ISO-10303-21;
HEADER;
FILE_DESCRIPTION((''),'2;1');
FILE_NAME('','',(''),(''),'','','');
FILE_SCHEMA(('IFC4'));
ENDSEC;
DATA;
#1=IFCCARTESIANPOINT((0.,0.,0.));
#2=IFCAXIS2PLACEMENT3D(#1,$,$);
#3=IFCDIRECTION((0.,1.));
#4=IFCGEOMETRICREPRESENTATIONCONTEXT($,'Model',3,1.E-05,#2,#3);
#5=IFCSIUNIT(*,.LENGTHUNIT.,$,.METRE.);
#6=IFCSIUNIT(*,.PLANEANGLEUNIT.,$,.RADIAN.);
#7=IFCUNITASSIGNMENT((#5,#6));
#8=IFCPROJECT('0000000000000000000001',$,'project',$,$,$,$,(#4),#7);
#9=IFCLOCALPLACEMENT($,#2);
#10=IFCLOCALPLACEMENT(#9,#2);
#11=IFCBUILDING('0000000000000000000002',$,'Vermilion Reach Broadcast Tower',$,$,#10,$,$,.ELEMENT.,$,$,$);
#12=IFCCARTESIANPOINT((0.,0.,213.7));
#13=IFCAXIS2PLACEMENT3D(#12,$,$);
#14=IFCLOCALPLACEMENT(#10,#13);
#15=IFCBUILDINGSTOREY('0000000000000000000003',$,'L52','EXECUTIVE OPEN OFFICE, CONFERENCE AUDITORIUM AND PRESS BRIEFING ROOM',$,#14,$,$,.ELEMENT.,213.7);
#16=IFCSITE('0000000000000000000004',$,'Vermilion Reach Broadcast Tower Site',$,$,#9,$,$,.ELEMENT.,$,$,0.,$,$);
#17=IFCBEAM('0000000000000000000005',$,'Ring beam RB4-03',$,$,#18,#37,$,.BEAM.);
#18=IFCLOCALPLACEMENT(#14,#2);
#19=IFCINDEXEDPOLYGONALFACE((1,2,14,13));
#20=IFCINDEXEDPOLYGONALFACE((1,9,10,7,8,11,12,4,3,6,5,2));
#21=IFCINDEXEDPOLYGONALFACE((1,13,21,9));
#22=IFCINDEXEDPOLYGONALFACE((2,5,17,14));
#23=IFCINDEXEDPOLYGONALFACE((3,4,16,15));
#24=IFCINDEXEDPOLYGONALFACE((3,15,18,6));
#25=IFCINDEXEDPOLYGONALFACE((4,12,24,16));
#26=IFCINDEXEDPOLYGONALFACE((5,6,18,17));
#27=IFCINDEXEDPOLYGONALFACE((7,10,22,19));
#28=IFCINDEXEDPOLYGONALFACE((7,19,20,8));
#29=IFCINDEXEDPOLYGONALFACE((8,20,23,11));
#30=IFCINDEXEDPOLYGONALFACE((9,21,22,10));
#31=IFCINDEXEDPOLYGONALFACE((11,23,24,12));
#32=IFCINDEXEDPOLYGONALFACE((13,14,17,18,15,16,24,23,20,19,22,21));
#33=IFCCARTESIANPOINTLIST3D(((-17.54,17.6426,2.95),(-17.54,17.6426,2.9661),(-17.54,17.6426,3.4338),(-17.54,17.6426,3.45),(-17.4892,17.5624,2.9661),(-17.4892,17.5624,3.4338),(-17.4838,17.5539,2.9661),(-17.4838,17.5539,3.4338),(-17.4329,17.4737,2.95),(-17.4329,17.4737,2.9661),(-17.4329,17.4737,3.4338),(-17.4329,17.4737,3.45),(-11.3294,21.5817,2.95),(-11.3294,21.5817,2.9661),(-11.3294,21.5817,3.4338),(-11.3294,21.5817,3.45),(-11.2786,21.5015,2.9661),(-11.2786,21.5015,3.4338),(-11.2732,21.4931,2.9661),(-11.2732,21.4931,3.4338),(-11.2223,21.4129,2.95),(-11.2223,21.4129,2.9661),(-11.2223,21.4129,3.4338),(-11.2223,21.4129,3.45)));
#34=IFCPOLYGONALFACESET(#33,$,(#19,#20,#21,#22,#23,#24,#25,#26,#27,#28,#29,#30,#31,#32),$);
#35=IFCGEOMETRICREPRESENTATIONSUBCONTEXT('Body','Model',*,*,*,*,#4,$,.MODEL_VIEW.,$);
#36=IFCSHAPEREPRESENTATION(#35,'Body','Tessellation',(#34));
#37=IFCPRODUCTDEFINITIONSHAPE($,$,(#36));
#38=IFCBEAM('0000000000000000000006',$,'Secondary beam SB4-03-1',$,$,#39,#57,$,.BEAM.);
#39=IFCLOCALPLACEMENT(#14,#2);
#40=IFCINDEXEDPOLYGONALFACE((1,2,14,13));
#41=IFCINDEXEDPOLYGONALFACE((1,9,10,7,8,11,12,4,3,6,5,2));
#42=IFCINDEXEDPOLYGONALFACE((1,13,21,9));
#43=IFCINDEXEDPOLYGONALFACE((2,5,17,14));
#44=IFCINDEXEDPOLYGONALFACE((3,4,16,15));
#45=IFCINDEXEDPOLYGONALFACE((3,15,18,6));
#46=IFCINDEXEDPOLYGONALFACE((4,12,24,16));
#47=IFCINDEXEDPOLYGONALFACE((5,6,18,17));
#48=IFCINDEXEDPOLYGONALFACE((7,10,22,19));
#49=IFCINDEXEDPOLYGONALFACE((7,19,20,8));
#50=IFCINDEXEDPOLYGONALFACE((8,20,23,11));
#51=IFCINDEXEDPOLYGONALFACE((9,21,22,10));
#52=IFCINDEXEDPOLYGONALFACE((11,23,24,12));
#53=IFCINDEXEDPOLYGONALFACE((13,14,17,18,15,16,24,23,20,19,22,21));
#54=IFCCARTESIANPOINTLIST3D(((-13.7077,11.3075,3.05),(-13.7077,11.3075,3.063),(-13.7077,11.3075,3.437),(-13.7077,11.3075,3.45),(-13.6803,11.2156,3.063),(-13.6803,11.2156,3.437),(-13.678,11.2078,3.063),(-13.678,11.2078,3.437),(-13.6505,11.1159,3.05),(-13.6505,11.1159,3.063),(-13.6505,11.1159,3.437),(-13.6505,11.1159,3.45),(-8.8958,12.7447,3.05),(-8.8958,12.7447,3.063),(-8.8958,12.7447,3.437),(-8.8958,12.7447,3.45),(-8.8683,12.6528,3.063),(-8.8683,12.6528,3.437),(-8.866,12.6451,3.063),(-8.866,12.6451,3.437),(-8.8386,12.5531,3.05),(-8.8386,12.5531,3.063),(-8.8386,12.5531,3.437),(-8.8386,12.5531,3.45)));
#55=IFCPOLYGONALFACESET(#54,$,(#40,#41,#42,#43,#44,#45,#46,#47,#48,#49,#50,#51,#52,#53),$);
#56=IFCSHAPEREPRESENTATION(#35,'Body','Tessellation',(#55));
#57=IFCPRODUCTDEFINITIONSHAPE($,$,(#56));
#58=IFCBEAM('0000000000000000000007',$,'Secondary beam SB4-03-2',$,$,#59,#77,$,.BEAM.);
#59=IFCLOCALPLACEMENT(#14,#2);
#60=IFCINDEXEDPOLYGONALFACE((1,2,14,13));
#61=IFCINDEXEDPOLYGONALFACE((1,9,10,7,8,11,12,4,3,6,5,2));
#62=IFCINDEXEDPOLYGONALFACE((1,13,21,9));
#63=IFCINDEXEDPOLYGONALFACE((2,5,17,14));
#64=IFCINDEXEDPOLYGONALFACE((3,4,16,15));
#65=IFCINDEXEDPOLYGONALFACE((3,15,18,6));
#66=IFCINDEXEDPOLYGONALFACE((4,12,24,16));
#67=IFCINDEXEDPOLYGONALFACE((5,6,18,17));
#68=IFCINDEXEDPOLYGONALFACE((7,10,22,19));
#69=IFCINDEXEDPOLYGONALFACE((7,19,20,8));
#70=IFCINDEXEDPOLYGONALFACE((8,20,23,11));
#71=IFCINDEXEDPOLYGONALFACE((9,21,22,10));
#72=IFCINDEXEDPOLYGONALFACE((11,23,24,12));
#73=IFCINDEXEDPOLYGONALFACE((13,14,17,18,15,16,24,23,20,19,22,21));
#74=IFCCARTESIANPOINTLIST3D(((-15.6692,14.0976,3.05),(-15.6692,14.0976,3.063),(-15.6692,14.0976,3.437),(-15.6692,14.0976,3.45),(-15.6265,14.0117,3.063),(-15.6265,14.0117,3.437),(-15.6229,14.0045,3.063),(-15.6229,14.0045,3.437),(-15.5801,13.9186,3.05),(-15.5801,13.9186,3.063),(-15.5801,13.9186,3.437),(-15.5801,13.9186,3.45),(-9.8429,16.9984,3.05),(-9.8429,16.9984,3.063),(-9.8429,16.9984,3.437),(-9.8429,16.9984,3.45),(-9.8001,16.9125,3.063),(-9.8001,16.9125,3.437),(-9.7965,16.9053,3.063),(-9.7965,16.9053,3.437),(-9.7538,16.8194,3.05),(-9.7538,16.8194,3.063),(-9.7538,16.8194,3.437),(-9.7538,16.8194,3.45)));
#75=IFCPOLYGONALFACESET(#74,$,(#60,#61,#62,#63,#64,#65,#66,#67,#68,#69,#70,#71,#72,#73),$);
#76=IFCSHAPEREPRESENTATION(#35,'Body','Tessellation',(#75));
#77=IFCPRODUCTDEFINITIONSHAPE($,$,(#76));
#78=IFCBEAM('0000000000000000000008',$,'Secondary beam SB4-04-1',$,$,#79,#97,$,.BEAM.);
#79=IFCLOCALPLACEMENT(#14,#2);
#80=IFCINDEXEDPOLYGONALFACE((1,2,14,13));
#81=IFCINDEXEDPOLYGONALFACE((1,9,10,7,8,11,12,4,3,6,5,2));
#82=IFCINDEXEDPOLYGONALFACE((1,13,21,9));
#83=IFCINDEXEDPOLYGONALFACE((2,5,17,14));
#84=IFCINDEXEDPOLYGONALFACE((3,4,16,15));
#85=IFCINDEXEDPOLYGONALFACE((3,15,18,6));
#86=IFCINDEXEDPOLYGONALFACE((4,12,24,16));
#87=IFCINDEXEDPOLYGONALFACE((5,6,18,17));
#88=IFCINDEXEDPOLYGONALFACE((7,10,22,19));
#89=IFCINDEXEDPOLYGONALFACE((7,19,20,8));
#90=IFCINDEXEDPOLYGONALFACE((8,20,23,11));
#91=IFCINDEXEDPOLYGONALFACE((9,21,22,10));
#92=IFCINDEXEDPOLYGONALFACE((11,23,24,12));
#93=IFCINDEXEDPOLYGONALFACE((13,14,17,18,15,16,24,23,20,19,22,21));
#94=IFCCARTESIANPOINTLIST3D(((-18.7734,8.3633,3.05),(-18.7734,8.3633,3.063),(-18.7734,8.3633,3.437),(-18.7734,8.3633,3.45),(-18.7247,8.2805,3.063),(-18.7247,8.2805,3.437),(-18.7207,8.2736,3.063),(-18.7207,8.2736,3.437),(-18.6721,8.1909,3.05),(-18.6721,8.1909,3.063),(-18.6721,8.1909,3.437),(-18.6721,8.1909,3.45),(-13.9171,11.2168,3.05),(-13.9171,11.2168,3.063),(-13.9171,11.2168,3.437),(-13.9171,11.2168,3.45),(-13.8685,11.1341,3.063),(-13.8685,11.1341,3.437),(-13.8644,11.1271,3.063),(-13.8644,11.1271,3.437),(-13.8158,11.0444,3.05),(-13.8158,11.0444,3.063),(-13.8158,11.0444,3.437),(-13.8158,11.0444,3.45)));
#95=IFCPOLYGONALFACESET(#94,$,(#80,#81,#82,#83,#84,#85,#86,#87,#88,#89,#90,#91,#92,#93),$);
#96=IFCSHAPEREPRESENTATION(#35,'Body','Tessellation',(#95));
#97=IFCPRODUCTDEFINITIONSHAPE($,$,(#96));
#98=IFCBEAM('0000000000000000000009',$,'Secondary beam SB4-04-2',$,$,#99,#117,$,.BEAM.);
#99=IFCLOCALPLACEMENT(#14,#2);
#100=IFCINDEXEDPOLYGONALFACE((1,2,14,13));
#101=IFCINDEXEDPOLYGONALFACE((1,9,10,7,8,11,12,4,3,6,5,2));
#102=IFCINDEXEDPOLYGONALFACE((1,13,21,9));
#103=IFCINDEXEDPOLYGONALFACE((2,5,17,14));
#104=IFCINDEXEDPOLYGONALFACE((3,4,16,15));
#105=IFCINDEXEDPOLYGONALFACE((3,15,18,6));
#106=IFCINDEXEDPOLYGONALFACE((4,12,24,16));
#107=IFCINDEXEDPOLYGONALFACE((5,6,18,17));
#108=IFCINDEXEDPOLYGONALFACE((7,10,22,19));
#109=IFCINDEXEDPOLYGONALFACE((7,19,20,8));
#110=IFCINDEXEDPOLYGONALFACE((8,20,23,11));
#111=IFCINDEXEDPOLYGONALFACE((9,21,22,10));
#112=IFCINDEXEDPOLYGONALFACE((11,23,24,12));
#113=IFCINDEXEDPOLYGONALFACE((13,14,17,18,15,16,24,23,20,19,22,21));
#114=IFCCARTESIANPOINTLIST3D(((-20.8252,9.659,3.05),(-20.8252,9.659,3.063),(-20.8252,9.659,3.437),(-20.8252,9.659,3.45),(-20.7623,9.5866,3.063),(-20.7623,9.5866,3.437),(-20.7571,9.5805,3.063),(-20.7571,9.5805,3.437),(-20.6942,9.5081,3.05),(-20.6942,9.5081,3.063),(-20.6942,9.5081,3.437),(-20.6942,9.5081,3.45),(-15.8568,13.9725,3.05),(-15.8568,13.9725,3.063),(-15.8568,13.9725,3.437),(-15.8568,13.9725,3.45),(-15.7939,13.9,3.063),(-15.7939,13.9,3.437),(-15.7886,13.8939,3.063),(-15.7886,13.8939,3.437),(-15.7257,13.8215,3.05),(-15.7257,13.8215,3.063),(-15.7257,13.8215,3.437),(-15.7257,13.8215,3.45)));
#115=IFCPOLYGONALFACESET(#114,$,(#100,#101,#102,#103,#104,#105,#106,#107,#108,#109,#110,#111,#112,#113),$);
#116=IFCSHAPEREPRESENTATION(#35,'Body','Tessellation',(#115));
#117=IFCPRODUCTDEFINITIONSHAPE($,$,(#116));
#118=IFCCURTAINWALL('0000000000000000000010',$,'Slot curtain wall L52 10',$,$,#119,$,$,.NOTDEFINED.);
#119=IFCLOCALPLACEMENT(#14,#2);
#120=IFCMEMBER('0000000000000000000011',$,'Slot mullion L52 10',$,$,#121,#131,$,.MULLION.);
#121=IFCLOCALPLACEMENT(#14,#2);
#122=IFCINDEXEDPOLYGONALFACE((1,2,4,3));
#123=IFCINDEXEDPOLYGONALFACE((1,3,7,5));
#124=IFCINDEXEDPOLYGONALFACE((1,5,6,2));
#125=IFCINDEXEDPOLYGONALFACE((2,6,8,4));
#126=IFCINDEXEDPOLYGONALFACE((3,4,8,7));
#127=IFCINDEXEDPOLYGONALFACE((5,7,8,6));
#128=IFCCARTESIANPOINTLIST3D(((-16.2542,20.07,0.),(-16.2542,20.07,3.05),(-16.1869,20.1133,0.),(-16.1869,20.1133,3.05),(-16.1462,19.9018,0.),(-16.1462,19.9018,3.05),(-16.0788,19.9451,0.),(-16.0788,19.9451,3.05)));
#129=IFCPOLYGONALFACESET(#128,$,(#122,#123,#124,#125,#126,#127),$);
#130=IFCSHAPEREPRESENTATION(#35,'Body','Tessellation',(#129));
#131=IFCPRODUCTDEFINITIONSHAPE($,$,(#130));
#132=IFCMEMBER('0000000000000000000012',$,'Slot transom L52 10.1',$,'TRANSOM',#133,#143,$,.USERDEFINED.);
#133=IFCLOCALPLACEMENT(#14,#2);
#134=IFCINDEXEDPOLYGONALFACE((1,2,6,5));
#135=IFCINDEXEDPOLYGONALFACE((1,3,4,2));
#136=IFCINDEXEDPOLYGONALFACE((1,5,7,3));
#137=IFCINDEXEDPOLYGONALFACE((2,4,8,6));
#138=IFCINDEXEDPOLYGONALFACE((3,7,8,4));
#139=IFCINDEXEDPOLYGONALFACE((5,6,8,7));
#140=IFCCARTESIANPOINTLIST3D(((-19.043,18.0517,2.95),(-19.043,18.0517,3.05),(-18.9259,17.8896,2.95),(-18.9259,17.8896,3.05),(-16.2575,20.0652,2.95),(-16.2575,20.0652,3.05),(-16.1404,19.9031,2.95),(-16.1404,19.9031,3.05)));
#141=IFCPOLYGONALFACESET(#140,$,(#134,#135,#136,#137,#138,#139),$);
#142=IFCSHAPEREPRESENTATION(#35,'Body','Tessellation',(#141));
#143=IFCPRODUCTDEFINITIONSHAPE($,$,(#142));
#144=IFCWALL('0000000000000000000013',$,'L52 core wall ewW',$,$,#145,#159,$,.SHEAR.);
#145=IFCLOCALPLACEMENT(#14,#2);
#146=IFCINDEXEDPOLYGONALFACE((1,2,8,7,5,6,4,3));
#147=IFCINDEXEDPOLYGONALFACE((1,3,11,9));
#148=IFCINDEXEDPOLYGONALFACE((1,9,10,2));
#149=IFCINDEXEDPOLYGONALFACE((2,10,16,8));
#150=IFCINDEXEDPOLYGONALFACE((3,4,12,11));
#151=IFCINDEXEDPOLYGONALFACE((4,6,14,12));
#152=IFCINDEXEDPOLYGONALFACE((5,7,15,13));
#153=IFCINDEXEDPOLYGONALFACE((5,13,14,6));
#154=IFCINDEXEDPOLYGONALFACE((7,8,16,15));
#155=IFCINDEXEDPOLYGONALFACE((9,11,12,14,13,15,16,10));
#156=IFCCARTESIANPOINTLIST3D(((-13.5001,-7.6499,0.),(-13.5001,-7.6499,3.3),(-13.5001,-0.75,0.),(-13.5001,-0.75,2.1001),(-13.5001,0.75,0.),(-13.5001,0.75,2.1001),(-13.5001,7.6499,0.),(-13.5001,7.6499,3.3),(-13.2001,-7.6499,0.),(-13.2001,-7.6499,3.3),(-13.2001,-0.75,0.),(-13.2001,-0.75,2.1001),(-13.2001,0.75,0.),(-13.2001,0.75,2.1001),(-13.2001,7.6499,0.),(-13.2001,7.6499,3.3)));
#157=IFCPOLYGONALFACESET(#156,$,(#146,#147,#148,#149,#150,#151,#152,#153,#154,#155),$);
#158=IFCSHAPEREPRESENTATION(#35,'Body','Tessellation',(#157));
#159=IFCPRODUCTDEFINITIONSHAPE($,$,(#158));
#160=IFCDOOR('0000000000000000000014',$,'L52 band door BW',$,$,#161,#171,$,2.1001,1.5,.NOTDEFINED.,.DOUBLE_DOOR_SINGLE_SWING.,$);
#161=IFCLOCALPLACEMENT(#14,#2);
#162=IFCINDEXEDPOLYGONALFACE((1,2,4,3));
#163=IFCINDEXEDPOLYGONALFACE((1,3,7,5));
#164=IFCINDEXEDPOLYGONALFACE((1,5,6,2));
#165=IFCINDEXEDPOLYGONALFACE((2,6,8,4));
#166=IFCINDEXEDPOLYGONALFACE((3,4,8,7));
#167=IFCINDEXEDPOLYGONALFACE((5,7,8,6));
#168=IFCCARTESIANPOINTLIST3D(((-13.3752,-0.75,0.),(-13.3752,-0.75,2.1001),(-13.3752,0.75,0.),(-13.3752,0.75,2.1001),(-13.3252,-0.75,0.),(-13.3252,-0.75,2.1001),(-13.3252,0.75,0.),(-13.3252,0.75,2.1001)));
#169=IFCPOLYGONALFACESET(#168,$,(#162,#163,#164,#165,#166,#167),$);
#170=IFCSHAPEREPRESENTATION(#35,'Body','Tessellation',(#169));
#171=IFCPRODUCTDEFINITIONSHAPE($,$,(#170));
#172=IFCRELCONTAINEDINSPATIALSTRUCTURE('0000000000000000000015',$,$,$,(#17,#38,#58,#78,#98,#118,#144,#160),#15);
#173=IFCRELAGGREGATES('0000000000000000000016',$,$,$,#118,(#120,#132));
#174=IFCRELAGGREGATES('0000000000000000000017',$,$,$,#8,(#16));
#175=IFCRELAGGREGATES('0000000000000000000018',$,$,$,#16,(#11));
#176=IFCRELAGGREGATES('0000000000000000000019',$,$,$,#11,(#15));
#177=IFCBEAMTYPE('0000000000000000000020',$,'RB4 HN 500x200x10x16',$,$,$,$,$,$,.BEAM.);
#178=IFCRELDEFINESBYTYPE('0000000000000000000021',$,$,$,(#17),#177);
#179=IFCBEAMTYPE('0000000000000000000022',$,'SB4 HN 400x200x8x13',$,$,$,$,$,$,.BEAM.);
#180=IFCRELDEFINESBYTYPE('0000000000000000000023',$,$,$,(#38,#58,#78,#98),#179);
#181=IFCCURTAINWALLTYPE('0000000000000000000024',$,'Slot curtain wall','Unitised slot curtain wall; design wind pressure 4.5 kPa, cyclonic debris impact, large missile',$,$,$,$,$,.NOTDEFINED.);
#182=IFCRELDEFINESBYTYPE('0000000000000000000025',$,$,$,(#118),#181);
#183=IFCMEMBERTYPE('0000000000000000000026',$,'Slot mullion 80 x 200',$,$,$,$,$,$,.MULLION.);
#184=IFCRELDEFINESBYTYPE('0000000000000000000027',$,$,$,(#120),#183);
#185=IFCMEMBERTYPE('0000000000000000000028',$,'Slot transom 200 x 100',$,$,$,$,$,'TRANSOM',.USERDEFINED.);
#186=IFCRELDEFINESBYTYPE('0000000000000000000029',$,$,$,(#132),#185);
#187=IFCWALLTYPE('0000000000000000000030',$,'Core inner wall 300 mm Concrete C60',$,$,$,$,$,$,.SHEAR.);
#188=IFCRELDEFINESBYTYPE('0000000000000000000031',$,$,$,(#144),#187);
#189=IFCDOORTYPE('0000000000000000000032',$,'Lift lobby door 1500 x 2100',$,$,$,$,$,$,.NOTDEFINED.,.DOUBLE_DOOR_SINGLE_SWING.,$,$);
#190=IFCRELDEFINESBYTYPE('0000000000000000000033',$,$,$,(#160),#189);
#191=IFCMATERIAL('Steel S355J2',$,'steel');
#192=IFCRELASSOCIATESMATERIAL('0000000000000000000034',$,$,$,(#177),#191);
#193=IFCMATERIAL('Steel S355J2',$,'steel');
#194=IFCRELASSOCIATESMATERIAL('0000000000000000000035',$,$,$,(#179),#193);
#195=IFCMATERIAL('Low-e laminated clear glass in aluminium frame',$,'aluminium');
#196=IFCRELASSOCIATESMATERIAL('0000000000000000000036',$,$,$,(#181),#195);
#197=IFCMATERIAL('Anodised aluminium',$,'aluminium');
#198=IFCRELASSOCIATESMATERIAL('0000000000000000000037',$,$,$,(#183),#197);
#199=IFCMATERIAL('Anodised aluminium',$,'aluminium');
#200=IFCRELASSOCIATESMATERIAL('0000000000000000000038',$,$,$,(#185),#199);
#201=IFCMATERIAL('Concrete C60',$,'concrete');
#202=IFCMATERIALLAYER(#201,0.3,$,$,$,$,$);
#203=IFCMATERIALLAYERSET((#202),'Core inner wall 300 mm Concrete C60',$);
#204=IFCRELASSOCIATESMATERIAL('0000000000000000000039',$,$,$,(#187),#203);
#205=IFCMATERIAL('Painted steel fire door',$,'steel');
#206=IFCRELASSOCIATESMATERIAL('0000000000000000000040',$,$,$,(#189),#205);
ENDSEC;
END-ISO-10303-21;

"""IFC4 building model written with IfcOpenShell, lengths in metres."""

from ifc_helpers import new_model, si_unit, direction, frame, frame_2d, origin, origin_2d, place, context, subcontext, project, spatial, rectangle, i_section, extrude, material, layer, layer_set, material_profile, profile_set, type_object, element, fill, aggregate, save


model = new_model("IFC4")

# Units and contexts
model_context = context("Model", 3, precision=1e-05, world=origin(), true_north=direction((0.0, 1.0)))
body_context = subcontext(model_context, "Body", "Model", "MODEL_VIEW")
ifc_project = project(units=[si_unit("LENGTHUNIT", "METRE"), si_unit("PLANEANGLEUNIT", "RADIAN")], contexts=[model_context])

# Site, building, storey
site_placement = place(None, origin())
site = spatial("IfcSite", under=ifc_project, at=site_placement, Name="Vermilion Reach Broadcast Tower Site", CompositionType="ELEMENT", RefElevation=0.0)
building_placement = place(site_placement, origin())
building = spatial("IfcBuilding", under=site, at=building_placement, Name="Vermilion Reach Broadcast Tower", CompositionType="ELEMENT")
storey_placement = place(building_placement, frame((0.0, 0.0, 213.7)))
storey = spatial("IfcBuildingStorey", under=building, at=storey_placement, Name="L52", Description="EXECUTIVE OPEN OFFICE, CONFERENCE AUDITORIUM AND PRESS BRIEFING ROOM", CompositionType="ELEMENT", Elevation=213.7)

# Beams
ifc_material_1 = material(Name="Steel S355J2", Category="steel")
ifc_material_profile_1 = material_profile(ifc_material_1, i_section(OverallWidth=0.2, OverallDepth=0.5, WebThickness=0.01, FlangeThickness=0.0161, at=origin_2d()), Name="S355J2 HN 500x200x10x16")
ifc_profile_set_1 = profile_set([ifc_material_profile_1], Name="Steel S355J2")
beam_type_1 = type_object("IfcBeamType", Name="RB4 HN 500x200x10x16", PredefinedType="BEAM", material=ifc_profile_set_1)
beam_1_placement = place(storey_placement, frame((-11.2759, 21.4973, 3.2), z_axis=(-0.844464, -0.535612, 0.0), x_axis=(0.535612, -0.844464, 0.0)))
element("IfcBeam", 1, at=beam_1_placement, inside=storey, type_object=beam_type_1, Name="Ring beam RB4-03", PredefinedType="BEAM", context=body_context, shape_type="SweptSolid", body=[
    extrude(i_section(OverallWidth=0.2, OverallDepth=0.5, WebThickness=0.01, FlangeThickness=0.0161, at=origin_2d()), origin(), (0.0, 0.0, 1.0), 7.3545),
])
ifc_material_2 = material(Name="Steel S355J2", Category="steel")
ifc_material_profile_2 = material_profile(ifc_material_2, i_section(OverallWidth=0.2, OverallDepth=0.3999, WebThickness=0.0081, FlangeThickness=0.0129, at=origin_2d()), Name="S355J2 HN 400x200x8x13")
ifc_profile_set_2 = profile_set([ifc_material_profile_2], Name="Steel S355J2")
beam_type_2 = type_object("IfcBeamType", Name="SB4 HN 400x200x8x13", PredefinedType="BEAM", material=ifc_profile_set_2)
beam_2_placement = place(storey_placement, frame((-8.8672, 12.6489, 3.25), z_axis=(-0.958173, -0.286188, 0.0), x_axis=(0.286188, -0.958173, 0.0)))
element("IfcBeam", 2, at=beam_2_placement, inside=storey, type_object=beam_type_2, Name="Secondary beam SB4-03-1", PredefinedType="BEAM", context=body_context, shape_type="SweptSolid", body=[
    extrude(i_section(OverallWidth=0.2, OverallDepth=0.3999, WebThickness=0.0081, FlangeThickness=0.0129, at=origin_2d()), origin(), (0.0, 0.0, 1.0), 5.022),
])
beam_3_placement = place(storey_placement, frame((-9.7983, 16.9089, 3.25), z_axis=(-0.895184, -0.445698, 0.0), x_axis=(0.445698, -0.895184, 0.0)))
element("IfcBeam", 3, at=beam_3_placement, inside=storey, type_object=beam_type_2, Name="Secondary beam SB4-03-2", PredefinedType="BEAM", context=body_context, shape_type="SweptSolid", body=[
    extrude(i_section(OverallWidth=0.2, OverallDepth=0.3999, WebThickness=0.0081, FlangeThickness=0.0129, at=origin_2d()), origin(), (0.0, 0.0, 1.0), 6.5085),
])
beam_4_placement = place(storey_placement, frame((-13.8665, 11.1306, 3.25), z_axis=(-0.862173, -0.506615, 0.0), x_axis=(0.506615, -0.862173, 0.0)))
element("IfcBeam", 4, at=beam_4_placement, inside=storey, type_object=beam_type_2, Name="Secondary beam SB4-04-1", PredefinedType="BEAM", context=body_context, shape_type="SweptSolid", body=[
    extrude(i_section(OverallWidth=0.2, OverallDepth=0.3999, WebThickness=0.0081, FlangeThickness=0.0129, at=origin_2d()), origin(), (0.0, 0.0, 1.0), 5.6326),
])
beam_5_placement = place(storey_placement, frame((-15.7913, 13.897, 3.25), z_axis=(-0.755129, -0.655576, 0.0), x_axis=(0.655576, -0.755129, 0.0)))
element("IfcBeam", 5, at=beam_5_placement, inside=storey, type_object=beam_type_2, Name="Secondary beam SB4-04-2", PredefinedType="BEAM", context=body_context, shape_type="SweptSolid", body=[
    extrude(i_section(OverallWidth=0.2, OverallDepth=0.3999, WebThickness=0.0081, FlangeThickness=0.0129, at=origin_2d()), origin(), (0.0, 0.0, 1.0), 6.5796),
])

# Curtain wall, members
ifc_material_3 = material(Name="Low-e laminated clear glass in aluminium frame", Category="aluminium")
curtain_wall_type = type_object("IfcCurtainWallType", Name="Slot curtain wall", Description="Unitised slot curtain wall; design wind pressure 4.5 kPa, cyclonic debris impact, large missile", PredefinedType="NOTDEFINED", material=ifc_material_3)
curtain_wall_placement = place(storey_placement, origin())
curtain_wall = element("IfcCurtainWall", 6, at=curtain_wall_placement, inside=storey, type_object=curtain_wall_type, Name="Slot curtain wall L52 10", PredefinedType="NOTDEFINED")
ifc_material_4 = material(Name="Anodised aluminium", Category="aluminium")
ifc_material_profile_3 = material_profile(ifc_material_4, rectangle(XDim=0.2, YDim=0.0801, at=origin_2d()), Name="Slot mullion 80 x 200")
ifc_profile_set_3 = profile_set([ifc_material_profile_3], Name="Anodised aluminium")
member_type_1 = type_object("IfcMemberType", Name="Slot mullion 80 x 200", PredefinedType="MULLION", material=ifc_profile_set_3)
member_1_placement = place(storey_placement, frame((-16.1665, 20.0076, 0.0), z_axis=(0.0, 0.0, 1.0), x_axis=(0.540519, -0.841332, 0.0)))
member_1 = element("IfcMember", 7, at=member_1_placement, type_object=member_type_1, Name="Slot mullion L52 10", PredefinedType="MULLION", context=body_context, shape_type="SweptSolid", body=[
    extrude(rectangle(XDim=0.2, YDim=0.0801, at=origin_2d()), origin(), (0.0, 0.0, 1.0), 3.05),
])
ifc_material_5 = material(Name="Anodised aluminium", Category="aluminium")
ifc_material_profile_4 = material_profile(ifc_material_5, rectangle(XDim=0.2, YDim=0.1001, at=origin_2d()), Name="Slot transom 200 x 100")
ifc_profile_set_4 = profile_set([ifc_material_profile_4], Name="Anodised aluminium")
member_type_2 = type_object("IfcMemberType", Name="Slot transom 200 x 100", ElementType="TRANSOM", PredefinedType="USERDEFINED", material=ifc_profile_set_4)
member_2_placement = place(storey_placement, frame((-16.199, 19.9841, 3.0), z_axis=(-0.810438, -0.585825, 0.0), x_axis=(0.585825, -0.810438, 0.0)))
member_2 = element("IfcMember", 8, at=member_2_placement, type_object=member_type_2, Name="Slot transom L52 10.1", ObjectType="TRANSOM", PredefinedType="USERDEFINED", context=body_context, shape_type="SweptSolid", body=[
    extrude(rectangle(XDim=0.2, YDim=0.1001, at=origin_2d()), origin(), (0.0, 0.0, 1.0), 3.437),
])
aggregate(curtain_wall, [member_1, member_2])

# Wall, opening, door
ifc_material_6 = material(Name="Concrete C60", Category="concrete")
ifc_layer_1 = layer(ifc_material_6, 0.3)
ifc_layer_set_1 = layer_set([ifc_layer_1], Name="Core inner wall 300 mm Concrete C60")
wall_type_1 = type_object("IfcWallType", Name="Core inner wall 300 mm Concrete C60", PredefinedType="SHEAR", material=ifc_layer_set_1)
wall_1_placement = place(storey_placement, frame((-13.3501, 7.6499, 0.0), z_axis=(0.0, 0.0, 1.0), x_axis=(0.0, -1.0, 0.0)))
wall_1 = element("IfcWall", 9, at=wall_1_placement, inside=storey, type_object=wall_type_1, Name="L52 core wall ewW", PredefinedType="SHEAR", context=body_context, shape_type="SweptSolid", body=[
    extrude(rectangle(XDim=15.2998, YDim=0.3, at=frame_2d((7.6499, 0.0))), origin(), (0.0, 0.0, 1.0), 3.3),
])
opening_1_placement = place(wall_1_placement, frame((6.8999, 0.0, 0.0)))
opening_1 = element("IfcOpeningElement", 10, at=opening_1_placement, cuts=wall_1, PredefinedType="OPENING", context=body_context, shape_type="SweptSolid", body=[
    extrude(rectangle(XDim=1.5, YDim=2.1001, at=frame_2d((0.75, 1.05))), frame((0.0, 0.1599, 0.0), z_axis=(0.0, -1.0, 0.0), x_axis=(1.0, 0.0, 0.0)), (0.0, 0.0, 1.0), 0.3201),
])
ifc_material_7 = material(Name="Painted steel fire door", Category="steel")
door_type_1 = type_object("IfcDoorType", Name="Lift lobby door 1500 x 2100", OperationType="DOUBLE_DOOR_SINGLE_SWING", PredefinedType="NOTDEFINED", material=ifc_material_7)
door_1_placement = place(opening_1_placement, origin())
door_1 = element("IfcDoor", 11, at=door_1_placement, inside=storey, type_object=door_type_1, Name="L52 band door BW", OperationType="DOUBLE_DOOR_SINGLE_SWING", OverallHeight=2.1001, OverallWidth=1.5, PredefinedType="NOTDEFINED", context=body_context, shape_type="SweptSolid", body=[
    extrude(rectangle(XDim=1.5, YDim=2.1001, at=frame_2d((0.75, 1.05))), frame((0.0, 0.0249, 0.0), z_axis=(0.0, -1.0, 0.0), x_axis=(1.0, 0.0, 0.0)), (0.0, 0.0, 1.0), 0.05),
])
fill(opening_1, door_1)

save(model, "model.ifc")
